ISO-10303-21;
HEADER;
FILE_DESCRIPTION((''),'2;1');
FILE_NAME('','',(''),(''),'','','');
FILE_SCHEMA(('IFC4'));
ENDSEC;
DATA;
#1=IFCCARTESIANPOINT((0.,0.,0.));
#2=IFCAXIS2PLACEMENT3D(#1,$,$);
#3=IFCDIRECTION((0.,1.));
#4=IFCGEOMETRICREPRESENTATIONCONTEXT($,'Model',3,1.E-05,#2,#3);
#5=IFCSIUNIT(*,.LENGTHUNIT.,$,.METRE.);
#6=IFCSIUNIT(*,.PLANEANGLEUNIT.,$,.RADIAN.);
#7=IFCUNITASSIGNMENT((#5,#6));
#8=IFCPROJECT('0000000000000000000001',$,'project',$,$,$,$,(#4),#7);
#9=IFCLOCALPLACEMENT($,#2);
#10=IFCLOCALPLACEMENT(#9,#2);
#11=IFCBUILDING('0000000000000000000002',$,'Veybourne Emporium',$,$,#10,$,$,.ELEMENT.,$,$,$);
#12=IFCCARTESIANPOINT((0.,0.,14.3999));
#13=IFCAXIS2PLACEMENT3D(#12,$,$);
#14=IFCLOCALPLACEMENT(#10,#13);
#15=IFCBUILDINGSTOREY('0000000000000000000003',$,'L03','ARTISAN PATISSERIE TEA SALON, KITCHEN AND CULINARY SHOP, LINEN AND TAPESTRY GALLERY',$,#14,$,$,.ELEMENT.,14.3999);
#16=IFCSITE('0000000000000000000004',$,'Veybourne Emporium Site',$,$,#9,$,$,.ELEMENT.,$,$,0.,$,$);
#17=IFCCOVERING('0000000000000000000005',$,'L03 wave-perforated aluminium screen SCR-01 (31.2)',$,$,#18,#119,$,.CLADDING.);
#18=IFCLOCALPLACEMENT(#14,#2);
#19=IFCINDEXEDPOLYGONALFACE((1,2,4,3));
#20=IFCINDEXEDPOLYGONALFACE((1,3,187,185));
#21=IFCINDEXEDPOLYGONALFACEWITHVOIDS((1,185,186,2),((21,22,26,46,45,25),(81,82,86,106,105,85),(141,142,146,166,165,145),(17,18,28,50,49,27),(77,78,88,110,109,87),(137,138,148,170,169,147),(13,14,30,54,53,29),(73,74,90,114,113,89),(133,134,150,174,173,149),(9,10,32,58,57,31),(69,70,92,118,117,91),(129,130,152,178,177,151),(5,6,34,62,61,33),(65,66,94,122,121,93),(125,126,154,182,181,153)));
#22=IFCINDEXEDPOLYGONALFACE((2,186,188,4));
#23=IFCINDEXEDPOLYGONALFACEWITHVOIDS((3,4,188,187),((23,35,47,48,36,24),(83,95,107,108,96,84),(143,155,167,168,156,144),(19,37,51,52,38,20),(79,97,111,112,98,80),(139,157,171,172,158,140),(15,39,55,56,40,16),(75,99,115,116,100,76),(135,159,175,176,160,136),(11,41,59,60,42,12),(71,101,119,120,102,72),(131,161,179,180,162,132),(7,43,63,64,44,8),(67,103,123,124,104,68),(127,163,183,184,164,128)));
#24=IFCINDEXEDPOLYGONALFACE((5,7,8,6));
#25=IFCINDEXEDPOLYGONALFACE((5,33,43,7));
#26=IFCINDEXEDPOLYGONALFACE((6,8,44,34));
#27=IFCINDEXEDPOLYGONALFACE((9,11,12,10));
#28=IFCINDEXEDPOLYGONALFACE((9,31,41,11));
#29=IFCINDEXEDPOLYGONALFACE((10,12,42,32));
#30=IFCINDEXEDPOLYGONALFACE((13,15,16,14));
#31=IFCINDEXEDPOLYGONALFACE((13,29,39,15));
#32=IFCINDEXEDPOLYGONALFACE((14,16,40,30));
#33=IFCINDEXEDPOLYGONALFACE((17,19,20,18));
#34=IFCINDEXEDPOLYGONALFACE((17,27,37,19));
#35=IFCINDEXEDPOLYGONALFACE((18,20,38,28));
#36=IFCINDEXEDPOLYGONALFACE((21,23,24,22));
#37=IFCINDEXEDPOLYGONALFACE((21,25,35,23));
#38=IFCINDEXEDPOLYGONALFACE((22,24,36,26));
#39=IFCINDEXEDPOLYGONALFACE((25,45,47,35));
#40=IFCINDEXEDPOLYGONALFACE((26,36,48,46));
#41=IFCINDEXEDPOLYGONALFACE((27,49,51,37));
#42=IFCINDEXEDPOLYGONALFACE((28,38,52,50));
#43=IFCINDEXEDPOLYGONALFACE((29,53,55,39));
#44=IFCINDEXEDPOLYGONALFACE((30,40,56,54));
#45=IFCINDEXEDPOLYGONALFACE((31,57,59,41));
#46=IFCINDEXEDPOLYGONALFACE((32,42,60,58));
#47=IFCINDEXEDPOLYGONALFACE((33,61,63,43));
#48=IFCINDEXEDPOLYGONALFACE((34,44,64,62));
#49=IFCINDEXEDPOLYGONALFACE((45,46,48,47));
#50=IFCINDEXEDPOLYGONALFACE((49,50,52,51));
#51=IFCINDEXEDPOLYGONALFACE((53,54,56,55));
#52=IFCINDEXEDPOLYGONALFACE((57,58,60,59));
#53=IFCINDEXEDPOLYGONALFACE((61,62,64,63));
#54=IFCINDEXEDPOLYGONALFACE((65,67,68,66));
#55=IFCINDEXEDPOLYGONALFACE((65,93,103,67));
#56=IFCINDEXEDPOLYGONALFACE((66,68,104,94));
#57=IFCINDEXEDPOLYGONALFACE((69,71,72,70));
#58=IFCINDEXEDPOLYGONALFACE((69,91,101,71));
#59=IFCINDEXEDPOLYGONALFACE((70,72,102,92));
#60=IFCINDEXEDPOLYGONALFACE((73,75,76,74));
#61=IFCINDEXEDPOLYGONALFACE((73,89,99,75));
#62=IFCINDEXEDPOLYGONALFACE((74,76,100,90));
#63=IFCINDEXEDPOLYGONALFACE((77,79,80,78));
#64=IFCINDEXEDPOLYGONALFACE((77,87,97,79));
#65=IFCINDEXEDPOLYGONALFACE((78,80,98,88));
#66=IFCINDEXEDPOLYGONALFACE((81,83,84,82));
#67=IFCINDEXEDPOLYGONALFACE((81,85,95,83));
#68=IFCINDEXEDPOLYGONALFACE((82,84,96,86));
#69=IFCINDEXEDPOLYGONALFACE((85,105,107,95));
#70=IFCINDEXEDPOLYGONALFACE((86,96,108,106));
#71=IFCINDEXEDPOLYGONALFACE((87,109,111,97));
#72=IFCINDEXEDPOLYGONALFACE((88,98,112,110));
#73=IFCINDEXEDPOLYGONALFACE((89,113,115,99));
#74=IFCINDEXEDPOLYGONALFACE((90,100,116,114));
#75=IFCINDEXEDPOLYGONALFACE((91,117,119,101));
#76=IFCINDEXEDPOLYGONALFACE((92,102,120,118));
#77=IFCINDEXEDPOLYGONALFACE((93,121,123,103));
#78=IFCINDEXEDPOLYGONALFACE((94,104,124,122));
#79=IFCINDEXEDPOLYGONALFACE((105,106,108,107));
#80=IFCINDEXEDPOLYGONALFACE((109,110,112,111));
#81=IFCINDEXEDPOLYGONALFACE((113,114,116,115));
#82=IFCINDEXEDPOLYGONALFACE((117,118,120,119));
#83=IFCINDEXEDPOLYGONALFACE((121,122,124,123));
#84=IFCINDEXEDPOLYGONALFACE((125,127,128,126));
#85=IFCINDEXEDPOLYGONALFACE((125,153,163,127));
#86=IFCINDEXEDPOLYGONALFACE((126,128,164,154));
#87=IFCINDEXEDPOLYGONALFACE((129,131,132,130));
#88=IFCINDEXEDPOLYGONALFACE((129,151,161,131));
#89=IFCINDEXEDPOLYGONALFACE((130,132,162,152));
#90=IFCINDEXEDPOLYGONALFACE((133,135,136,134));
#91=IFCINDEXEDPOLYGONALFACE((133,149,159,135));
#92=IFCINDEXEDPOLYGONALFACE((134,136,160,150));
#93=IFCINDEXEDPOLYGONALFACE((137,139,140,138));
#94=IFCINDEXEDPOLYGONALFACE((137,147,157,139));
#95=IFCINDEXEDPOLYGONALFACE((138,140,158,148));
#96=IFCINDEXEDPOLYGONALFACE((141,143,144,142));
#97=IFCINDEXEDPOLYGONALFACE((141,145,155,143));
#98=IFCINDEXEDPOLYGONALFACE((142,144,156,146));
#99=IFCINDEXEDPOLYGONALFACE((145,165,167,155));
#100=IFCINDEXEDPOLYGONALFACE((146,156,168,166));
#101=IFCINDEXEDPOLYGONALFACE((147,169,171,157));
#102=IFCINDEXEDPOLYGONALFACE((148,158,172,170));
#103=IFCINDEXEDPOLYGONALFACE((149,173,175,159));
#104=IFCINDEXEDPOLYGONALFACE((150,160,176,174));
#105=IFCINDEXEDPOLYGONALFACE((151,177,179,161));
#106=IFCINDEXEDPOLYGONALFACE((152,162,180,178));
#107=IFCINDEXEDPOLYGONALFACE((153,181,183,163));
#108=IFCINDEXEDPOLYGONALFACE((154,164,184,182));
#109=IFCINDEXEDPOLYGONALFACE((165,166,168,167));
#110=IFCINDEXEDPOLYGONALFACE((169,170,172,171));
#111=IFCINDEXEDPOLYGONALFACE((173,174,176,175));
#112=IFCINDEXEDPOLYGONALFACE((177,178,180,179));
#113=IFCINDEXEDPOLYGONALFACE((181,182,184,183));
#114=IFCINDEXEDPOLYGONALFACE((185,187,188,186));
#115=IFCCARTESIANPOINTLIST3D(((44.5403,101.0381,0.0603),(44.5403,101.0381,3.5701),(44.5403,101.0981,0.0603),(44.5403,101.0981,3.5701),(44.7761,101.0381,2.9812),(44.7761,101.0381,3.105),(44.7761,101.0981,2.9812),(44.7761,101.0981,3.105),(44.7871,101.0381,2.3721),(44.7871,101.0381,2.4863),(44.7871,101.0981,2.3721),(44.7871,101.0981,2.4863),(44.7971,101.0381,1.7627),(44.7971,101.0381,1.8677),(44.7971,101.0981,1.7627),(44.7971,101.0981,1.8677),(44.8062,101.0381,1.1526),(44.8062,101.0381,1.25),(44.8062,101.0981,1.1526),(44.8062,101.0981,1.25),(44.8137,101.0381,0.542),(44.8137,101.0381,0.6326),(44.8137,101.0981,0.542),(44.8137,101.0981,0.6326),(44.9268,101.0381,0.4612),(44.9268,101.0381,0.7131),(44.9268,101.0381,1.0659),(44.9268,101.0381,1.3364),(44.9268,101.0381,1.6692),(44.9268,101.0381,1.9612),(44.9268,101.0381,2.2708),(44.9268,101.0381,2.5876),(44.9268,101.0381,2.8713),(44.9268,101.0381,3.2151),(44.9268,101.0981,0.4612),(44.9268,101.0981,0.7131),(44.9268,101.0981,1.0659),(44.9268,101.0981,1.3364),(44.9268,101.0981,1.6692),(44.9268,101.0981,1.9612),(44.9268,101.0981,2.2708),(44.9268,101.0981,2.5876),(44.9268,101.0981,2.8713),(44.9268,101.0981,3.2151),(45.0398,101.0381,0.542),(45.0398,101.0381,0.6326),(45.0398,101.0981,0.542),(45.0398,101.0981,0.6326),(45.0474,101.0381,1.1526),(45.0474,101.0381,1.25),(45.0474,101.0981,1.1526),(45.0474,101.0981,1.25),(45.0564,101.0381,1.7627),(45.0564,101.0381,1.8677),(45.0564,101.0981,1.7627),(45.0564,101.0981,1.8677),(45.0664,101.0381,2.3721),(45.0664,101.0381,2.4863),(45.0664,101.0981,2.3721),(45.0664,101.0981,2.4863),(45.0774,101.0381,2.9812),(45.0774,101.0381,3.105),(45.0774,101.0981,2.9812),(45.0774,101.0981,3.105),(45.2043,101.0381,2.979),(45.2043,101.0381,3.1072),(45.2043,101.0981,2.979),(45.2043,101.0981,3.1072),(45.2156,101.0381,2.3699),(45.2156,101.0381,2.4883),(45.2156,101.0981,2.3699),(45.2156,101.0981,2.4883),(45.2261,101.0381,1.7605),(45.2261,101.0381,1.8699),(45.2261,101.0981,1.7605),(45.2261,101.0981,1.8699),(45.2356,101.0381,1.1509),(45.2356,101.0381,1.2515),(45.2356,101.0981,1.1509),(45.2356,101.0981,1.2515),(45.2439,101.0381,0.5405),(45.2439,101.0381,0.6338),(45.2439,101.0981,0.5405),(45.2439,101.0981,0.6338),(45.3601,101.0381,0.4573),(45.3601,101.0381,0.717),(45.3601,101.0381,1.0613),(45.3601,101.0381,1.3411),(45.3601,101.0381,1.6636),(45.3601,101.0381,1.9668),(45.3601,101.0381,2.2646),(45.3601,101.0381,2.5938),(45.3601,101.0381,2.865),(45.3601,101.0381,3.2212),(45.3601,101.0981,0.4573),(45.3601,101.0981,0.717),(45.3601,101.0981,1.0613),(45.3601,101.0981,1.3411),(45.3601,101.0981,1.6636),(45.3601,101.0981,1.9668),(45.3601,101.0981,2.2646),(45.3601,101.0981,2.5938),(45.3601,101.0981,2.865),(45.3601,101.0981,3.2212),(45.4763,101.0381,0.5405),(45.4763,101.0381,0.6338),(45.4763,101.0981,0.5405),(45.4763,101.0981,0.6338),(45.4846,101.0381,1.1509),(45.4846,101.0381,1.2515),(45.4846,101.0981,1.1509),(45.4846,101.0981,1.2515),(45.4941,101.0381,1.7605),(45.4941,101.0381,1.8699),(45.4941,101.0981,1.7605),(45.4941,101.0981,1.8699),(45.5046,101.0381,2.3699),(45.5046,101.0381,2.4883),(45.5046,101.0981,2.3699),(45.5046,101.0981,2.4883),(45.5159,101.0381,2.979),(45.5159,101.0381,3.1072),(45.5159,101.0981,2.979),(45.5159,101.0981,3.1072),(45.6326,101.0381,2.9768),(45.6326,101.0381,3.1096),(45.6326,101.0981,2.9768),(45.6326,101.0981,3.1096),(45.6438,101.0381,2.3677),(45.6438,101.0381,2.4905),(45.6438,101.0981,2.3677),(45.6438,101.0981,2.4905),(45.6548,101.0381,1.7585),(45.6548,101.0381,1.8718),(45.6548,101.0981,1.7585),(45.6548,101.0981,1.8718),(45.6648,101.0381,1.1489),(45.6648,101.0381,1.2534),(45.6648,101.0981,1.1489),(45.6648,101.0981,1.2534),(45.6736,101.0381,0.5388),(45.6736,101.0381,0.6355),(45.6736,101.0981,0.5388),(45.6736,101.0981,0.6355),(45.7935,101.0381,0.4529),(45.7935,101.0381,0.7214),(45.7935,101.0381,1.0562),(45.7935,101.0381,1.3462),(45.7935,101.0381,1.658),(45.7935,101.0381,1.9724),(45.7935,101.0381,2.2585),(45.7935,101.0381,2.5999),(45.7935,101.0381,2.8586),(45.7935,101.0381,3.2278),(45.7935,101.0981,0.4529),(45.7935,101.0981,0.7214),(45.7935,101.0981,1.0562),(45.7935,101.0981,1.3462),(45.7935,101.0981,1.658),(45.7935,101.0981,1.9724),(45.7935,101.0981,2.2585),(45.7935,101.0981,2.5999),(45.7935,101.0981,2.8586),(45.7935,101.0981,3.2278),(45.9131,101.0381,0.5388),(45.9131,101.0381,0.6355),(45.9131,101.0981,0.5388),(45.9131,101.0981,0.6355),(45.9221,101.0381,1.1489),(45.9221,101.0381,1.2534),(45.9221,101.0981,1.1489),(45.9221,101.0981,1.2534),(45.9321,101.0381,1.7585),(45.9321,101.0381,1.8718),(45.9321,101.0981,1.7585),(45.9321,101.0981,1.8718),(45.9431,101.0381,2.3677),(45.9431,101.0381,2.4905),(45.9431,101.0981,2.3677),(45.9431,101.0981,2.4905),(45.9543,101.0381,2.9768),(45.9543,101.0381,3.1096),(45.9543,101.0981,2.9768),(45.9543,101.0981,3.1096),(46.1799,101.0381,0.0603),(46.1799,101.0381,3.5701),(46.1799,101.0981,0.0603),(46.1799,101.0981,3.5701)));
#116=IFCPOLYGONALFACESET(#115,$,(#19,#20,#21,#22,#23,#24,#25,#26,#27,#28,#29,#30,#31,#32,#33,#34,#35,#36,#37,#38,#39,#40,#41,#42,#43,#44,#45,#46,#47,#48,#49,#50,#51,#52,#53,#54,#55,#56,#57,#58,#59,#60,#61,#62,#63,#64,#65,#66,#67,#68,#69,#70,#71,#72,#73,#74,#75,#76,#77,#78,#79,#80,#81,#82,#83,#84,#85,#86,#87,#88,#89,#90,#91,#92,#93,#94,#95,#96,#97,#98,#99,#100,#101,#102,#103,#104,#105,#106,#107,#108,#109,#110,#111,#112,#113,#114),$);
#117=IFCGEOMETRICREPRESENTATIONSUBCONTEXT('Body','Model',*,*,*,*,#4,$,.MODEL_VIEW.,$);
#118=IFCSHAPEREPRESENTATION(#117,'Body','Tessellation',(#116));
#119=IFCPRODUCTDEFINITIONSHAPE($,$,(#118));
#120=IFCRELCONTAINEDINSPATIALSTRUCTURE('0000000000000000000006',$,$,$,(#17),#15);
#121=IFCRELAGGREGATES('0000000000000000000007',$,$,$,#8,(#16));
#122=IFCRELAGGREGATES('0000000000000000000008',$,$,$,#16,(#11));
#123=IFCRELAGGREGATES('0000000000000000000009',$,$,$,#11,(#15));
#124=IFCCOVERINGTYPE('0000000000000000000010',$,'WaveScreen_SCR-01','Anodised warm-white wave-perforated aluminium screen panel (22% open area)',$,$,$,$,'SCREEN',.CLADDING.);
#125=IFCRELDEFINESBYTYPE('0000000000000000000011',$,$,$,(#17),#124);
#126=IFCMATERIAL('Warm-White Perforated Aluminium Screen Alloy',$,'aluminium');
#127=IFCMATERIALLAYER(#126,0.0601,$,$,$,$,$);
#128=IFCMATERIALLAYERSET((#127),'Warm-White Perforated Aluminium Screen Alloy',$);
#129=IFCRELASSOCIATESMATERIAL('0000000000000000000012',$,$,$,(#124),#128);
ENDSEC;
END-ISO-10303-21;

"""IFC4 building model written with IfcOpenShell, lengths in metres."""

from ifc_helpers import new_model, si_unit, direction, frame, origin, place, context, subcontext, project, spatial, polyline, outline, extrude, material, layer, layer_set, type_object, element, save


model = new_model("IFC4")

# Units and contexts
model_context = context("Model", 3, precision=1e-05, world=origin(), true_north=direction((0.0, 1.0)))
body_context = subcontext(model_context, "Body", "Model", "MODEL_VIEW")
ifc_project = project(units=[si_unit("LENGTHUNIT", "METRE"), si_unit("PLANEANGLEUNIT", "RADIAN")], contexts=[model_context])

# Site, building, storey
site_placement = place(None, origin())
site = spatial("IfcSite", under=ifc_project, at=site_placement, Name="Veybourne Emporium Site", CompositionType="ELEMENT", RefElevation=0.0)
building_placement = place(site_placement, origin())
building = spatial("IfcBuilding", under=site, at=building_placement, Name="Veybourne Emporium", CompositionType="ELEMENT")
storey_placement = place(building_placement, frame((0.0, 0.0, 14.3999)))
storey = spatial("IfcBuildingStorey", under=building, at=storey_placement, Name="L03", Description="ARTISAN PATISSERIE TEA SALON, KITCHEN AND CULINARY SHOP, LINEN AND TAPESTRY GALLERY", CompositionType="ELEMENT", Elevation=14.3999)

# Covering
ifc_material_1 = material(Name="Warm-White Perforated Aluminium Screen Alloy", Category="aluminium")
ifc_layer_1 = layer(ifc_material_1, 0.0601)
ifc_layer_set_1 = layer_set([ifc_layer_1], Name="Warm-White Perforated Aluminium Screen Alloy")
covering_type_1 = type_object("IfcCoveringType", Name="WaveScreen_SCR-01", Description="Anodised warm-white wave-perforated aluminium screen panel (22% open area)", ElementType="SCREEN", PredefinedType="CLADDING", material=ifc_layer_set_1)
covering_1_placement = place(storey_placement, frame((45.3601, 101.0981, 1.8152), z_axis=(0.0, -1.0, 0.0), x_axis=(1.0, 0.0, 0.0)))
element("IfcCovering", 1, at=covering_1_placement, inside=storey, type_object=covering_type_1, Name="L03 wave-perforated aluminium screen SCR-01 (31.2)", PredefinedType="CLADDING", context=body_context, shape_type="SweptSolid", body=[
    extrude(outline(polyline([(-0.8198, -1.7549), (0.8198, -1.7549), (0.8198, 1.7549), (-0.8198, 1.7549), (-0.8198, -1.7549)]), holes=[polyline([(-0.4333, -1.1021), (-0.3203, -1.1826), (-0.3203, -1.2732), (-0.4333, -1.354), (-0.5464, -1.2732), (-0.5464, -1.1826), (-0.4333, -1.1021)]), polyline([(-0.4333, -0.4788), (-0.3127, -0.5652), (-0.3127, -0.6626), (-0.4333, -0.7493), (-0.554, -0.6626), (-0.554, -0.5652), (-0.4333, -0.4788)]), polyline([(-0.4333, 0.146), (-0.3037, 0.0525), (-0.3037, -0.0525), (-0.4333, -0.146), (-0.563, -0.0525), (-0.563, 0.0525), (-0.4333, 0.146)]), polyline([(-0.4333, 0.7725), (-0.2937, 0.6711), (-0.2937, 0.5569), (-0.4333, 0.4556), (-0.573, 0.5569), (-0.573, 0.6711), (-0.4333, 0.7725)]), polyline([(-0.4333, 1.3999), (-0.2827, 1.2898), (-0.2827, 1.166), (-0.4333, 1.0562), (-0.584, 1.166), (-0.584, 1.2898), (-0.4333, 1.3999)]), polyline([(0.0, -1.0981), (0.1162, -1.1814), (0.1162, -1.2747), (0.0, -1.3579), (-0.1162, -1.2747), (-0.1162, -1.1814), (0.0, -1.0981)]), polyline([(0.0, -0.4741), (0.1245, -0.5637), (0.1245, -0.6643), (0.0, -0.7539), (-0.1245, -0.6643), (-0.1245, -0.5637), (0.0, -0.4741)]), polyline([(0.0, 0.1516), (0.134, 0.0547), (0.134, -0.0547), (0.0, -0.1516), (-0.134, -0.0547), (-0.134, 0.0547), (0.0, 0.1516)]), polyline([(0.0, 0.7786), (0.1445, 0.6731), (0.1445, 0.5547), (0.0, 0.4495), (-0.1445, 0.5547), (-0.1445, 0.6731), (0.0, 0.7786)]), polyline([(0.0, 1.406), (0.1558, 1.292), (0.1558, 1.1638), (0.0, 1.0498), (-0.1558, 1.1638), (-0.1558, 1.292), (0.0, 1.406)]), polyline([(0.4333, -1.0938), (0.553, -1.1797), (0.553, -1.2764), (0.4333, -1.3623), (0.3135, -1.2764), (0.3135, -1.1797), (0.4333, -1.0938)]), polyline([(0.4333, -0.469), (0.562, -0.5618), (0.562, -0.6663), (0.4333, -0.759), (0.3047, -0.6663), (0.3047, -0.5618), (0.4333, -0.469)]), polyline([(0.4333, 0.1572), (0.572, 0.0566), (0.572, -0.0566), (0.4333, -0.1572), (0.2947, -0.0566), (0.2947, 0.0566), (0.4333, 0.1572)]), polyline([(0.4333, 0.7847), (0.583, 0.6753), (0.583, 0.5525), (0.4333, 0.4434), (0.2837, 0.5525), (0.2837, 0.6753), (0.4333, 0.7847)]), polyline([(0.4333, 1.4126), (0.5942, 1.2944), (0.5942, 1.1616), (0.4333, 1.0435), (0.2725, 1.1616), (0.2725, 1.2944), (0.4333, 1.4126)])]), origin(), (0.0, 0.0, 1.0), 0.0601),
])

save(model, "model.ifc")
